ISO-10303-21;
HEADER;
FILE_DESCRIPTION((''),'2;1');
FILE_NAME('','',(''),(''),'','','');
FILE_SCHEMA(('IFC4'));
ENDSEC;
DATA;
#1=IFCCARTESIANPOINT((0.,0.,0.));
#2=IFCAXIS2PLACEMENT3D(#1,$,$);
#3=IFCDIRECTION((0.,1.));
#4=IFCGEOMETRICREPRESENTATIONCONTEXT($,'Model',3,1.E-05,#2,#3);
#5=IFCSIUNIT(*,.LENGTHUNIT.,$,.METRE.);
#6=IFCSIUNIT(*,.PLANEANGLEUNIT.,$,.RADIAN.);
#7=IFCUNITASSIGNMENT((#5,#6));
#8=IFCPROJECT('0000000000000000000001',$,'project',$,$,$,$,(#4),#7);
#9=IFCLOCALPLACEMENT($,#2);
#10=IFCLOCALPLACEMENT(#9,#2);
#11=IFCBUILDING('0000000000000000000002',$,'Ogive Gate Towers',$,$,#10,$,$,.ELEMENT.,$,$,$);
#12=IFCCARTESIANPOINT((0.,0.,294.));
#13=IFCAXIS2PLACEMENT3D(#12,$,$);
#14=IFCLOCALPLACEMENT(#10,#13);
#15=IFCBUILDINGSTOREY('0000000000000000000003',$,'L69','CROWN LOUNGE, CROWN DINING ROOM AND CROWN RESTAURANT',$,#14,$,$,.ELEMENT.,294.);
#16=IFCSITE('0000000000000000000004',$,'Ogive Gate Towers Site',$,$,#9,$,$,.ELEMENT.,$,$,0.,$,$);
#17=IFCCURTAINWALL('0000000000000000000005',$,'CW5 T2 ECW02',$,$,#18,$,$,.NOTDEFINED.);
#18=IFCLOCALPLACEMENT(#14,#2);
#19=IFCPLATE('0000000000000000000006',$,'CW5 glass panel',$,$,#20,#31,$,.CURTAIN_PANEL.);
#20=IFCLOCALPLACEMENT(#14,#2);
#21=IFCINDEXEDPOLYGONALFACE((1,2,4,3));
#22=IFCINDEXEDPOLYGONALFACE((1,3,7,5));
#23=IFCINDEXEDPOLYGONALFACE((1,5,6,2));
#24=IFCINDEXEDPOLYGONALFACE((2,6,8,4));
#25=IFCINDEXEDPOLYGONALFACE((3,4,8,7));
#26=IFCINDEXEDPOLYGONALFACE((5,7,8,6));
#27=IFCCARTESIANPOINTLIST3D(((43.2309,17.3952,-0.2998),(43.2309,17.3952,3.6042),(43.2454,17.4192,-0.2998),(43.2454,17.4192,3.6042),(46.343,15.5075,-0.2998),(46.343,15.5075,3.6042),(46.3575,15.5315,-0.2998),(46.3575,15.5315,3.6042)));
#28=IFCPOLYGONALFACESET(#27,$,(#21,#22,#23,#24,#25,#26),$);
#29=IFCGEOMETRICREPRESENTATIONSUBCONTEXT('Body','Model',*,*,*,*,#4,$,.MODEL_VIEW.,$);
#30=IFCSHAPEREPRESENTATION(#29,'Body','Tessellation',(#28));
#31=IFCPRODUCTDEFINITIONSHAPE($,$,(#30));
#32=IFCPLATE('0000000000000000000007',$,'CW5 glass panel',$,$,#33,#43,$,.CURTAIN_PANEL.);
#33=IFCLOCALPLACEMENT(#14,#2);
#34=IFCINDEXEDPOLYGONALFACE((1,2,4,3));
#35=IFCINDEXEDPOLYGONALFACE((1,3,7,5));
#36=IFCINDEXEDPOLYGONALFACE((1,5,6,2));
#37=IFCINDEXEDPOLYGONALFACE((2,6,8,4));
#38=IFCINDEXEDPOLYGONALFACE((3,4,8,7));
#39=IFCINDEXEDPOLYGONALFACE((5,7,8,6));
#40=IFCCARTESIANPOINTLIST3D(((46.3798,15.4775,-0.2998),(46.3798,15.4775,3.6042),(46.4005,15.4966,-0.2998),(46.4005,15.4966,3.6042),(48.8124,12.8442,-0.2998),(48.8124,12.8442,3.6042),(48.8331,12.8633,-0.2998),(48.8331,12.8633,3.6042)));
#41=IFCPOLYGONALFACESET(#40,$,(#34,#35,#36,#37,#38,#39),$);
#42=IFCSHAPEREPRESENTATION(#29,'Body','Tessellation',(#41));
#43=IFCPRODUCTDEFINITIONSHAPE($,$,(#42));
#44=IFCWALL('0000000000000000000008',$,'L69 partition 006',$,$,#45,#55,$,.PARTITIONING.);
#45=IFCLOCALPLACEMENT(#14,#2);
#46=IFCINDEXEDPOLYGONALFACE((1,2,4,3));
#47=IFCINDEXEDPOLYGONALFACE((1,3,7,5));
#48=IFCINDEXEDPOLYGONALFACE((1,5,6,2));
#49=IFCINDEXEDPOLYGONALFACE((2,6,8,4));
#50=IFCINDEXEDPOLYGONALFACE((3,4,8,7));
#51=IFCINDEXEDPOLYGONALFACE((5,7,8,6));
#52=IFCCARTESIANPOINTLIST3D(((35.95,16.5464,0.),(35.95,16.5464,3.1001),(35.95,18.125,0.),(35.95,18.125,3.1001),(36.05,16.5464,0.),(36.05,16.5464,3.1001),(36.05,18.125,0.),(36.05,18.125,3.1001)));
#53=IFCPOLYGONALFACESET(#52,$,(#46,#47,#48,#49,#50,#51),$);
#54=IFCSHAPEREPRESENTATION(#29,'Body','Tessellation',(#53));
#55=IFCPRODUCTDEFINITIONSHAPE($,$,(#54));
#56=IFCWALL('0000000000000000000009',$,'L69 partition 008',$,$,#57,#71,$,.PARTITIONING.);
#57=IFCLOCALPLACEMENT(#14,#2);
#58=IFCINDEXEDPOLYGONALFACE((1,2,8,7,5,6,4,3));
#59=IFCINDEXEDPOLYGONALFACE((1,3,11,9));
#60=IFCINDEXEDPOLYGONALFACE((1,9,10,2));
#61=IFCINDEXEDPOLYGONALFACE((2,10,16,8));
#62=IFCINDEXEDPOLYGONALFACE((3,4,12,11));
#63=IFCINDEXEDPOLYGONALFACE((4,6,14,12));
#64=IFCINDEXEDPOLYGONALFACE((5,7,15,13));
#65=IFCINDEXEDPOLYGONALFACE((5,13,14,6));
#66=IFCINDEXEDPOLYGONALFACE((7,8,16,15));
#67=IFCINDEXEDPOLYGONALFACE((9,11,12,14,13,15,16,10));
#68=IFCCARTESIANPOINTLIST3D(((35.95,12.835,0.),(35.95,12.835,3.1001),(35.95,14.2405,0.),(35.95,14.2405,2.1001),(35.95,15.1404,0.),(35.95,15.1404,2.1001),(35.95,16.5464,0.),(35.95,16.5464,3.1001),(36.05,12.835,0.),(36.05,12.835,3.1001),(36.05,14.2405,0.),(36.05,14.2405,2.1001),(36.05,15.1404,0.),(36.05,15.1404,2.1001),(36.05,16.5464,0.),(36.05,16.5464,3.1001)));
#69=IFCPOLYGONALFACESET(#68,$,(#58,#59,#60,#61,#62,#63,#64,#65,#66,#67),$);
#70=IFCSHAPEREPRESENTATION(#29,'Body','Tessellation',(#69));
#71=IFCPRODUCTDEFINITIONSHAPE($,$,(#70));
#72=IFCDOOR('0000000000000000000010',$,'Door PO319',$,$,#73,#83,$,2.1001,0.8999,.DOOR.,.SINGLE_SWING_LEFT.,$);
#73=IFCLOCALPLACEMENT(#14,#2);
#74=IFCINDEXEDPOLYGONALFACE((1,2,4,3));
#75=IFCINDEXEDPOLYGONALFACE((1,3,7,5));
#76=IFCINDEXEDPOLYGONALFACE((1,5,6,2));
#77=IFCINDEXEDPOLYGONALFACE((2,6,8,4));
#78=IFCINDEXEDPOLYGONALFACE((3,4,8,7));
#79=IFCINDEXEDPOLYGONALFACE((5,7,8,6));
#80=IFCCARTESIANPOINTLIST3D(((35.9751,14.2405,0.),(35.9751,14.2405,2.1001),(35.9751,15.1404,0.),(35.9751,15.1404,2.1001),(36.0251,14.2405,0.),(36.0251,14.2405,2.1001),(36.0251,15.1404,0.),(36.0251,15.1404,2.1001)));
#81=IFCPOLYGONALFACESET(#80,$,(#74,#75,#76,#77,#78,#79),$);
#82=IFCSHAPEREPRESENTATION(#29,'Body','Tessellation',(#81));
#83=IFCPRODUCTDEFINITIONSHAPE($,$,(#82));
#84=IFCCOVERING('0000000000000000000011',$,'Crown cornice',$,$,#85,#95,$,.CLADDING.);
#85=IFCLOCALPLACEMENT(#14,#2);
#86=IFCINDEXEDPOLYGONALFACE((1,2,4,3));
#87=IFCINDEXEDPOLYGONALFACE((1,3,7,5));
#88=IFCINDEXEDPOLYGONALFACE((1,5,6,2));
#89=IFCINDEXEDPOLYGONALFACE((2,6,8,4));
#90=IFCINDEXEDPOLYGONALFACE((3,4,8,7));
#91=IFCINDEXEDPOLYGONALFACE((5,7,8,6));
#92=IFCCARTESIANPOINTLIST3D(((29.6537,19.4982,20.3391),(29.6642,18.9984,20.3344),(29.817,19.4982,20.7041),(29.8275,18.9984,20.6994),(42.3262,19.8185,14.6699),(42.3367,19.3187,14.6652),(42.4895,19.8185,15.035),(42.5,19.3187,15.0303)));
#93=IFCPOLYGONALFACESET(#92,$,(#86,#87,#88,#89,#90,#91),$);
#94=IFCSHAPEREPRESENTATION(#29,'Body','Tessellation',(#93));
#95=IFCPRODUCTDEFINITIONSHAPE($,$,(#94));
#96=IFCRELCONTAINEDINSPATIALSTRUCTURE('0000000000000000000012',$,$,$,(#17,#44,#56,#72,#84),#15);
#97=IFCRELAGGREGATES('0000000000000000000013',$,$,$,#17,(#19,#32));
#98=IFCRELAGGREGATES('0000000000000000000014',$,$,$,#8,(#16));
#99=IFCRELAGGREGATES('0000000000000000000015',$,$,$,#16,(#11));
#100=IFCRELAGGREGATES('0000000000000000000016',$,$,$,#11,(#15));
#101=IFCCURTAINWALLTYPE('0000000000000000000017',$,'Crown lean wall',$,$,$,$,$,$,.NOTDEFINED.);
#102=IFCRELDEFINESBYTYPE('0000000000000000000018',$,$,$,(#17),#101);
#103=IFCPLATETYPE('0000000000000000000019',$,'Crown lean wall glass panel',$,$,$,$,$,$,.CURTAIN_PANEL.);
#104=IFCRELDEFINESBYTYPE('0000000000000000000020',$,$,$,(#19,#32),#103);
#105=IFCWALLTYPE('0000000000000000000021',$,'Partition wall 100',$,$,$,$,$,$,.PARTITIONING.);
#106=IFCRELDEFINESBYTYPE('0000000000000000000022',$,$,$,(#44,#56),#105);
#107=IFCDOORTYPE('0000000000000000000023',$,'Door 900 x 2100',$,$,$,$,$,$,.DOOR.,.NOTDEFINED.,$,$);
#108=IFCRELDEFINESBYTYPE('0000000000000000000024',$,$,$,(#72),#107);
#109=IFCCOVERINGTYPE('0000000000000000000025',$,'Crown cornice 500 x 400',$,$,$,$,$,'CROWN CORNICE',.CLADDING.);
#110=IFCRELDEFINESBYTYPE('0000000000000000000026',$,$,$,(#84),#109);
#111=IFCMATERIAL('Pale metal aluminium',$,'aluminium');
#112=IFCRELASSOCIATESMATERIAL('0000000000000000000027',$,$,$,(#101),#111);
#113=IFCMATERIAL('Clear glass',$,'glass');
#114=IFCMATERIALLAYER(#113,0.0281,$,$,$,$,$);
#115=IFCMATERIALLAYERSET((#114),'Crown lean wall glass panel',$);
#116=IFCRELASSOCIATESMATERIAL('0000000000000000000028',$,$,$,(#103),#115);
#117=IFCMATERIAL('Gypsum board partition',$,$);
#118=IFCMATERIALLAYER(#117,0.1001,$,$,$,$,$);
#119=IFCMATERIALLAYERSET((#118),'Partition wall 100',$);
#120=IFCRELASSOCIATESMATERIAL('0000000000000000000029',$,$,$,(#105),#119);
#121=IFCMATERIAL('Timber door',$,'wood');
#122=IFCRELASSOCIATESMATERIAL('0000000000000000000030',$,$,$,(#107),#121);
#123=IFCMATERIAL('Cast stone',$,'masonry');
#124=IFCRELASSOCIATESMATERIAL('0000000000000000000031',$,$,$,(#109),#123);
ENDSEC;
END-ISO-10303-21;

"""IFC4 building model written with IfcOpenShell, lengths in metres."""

from ifc_helpers import new_model, si_unit, direction, frame, frame_2d, origin, origin_2d, place, context, subcontext, project, spatial, rectangle, extrude, material, layer, layer_set, material_profile, profile_set, type_object, element, fill, aggregate, save


model = new_model("IFC4")

# Units and contexts
model_context = context("Model", 3, precision=1e-05, world=origin(), true_north=direction((0.0, 1.0)))
body_context = subcontext(model_context, "Body", "Model", "MODEL_VIEW")
ifc_project = project(units=[si_unit("LENGTHUNIT", "METRE"), si_unit("PLANEANGLEUNIT", "RADIAN")], contexts=[model_context])

# Site, building, storey
site_placement = place(None, origin())
site = spatial("IfcSite", under=ifc_project, at=site_placement, Name="Ogive Gate Towers Site", CompositionType="ELEMENT", RefElevation=0.0)
building_placement = place(site_placement, origin())
building = spatial("IfcBuilding", under=site, at=building_placement, Name="Ogive Gate Towers", CompositionType="ELEMENT")
storey_placement = place(building_placement, frame((0.0, 0.0, 294.0)))
storey = spatial("IfcBuildingStorey", under=building, at=storey_placement, Name="L69", Description="CROWN LOUNGE, CROWN DINING ROOM AND CROWN RESTAURANT", CompositionType="ELEMENT", Elevation=294.0)

# Curtain wall
ifc_material_1 = material(Name="Pale metal aluminium", Category="aluminium")
curtain_wall_type = type_object("IfcCurtainWallType", Name="Crown lean wall", PredefinedType="NOTDEFINED", material=ifc_material_1)
curtain_wall_1_placement = place(storey_placement, origin())
curtain_wall_1 = element("IfcCurtainWall", 1, at=curtain_wall_1_placement, inside=storey, type_object=curtain_wall_type, Name="CW5 T2 ECW02", PredefinedType="NOTDEFINED")

# Plates
ifc_material_2 = material(Name="Clear glass", Category="glass")
ifc_layer_1 = layer(ifc_material_2, 0.0281)
ifc_layer_set_1 = layer_set([ifc_layer_1], Name="Crown lean wall glass panel")
plate_type = type_object("IfcPlateType", Name="Crown lean wall glass panel", PredefinedType="CURTAIN_PANEL", material=ifc_layer_set_1)
plate_1_placement = place(storey_placement, frame((44.7942, 16.4634, -0.2998), z_axis=(0.0, 0.0, 1.0), x_axis=(0.855002, -0.518624, 0.0)))
plate_1 = element("IfcPlate", 2, at=plate_1_placement, type_object=plate_type, Name="CW5 glass panel", PredefinedType="CURTAIN_PANEL", context=body_context, shape_type="SweptSolid", body=[
    extrude(rectangle(XDim=3.6399, YDim=0.0281, at=origin_2d()), origin(), (0.0, 0.0, 1.0), 3.9041),
])
plate_2_placement = place(storey_placement, frame((47.6064, 14.1704, -0.2998), z_axis=(0.0, 0.0, 1.0), x_axis=(0.678557, -0.734548, 0.0)))
plate_2 = element("IfcPlate", 3, at=plate_2_placement, type_object=plate_type, Name="CW5 glass panel", PredefinedType="CURTAIN_PANEL", context=body_context, shape_type="SweptSolid", body=[
    extrude(rectangle(XDim=3.585, YDim=0.0281, at=origin_2d()), origin(), (0.0, 0.0, 1.0), 3.9041),
])
aggregate(curtain_wall_1, [plate_1, plate_2])

# Wall
ifc_material_3 = material(Name="Gypsum board partition")
ifc_layer_2 = layer(ifc_material_3, 0.1001)
ifc_layer_set_2 = layer_set([ifc_layer_2], Name="Partition wall 100")
wall_type = type_object("IfcWallType", Name="Partition wall 100", PredefinedType="PARTITIONING", material=ifc_layer_set_2)
wall_1_placement = place(storey_placement, frame((36.0, 16.5464, 0.0), z_axis=(0.0, 0.0, 1.0), x_axis=(0.0, 1.0, 0.0)))
element("IfcWall", 4, at=wall_1_placement, inside=storey, type_object=wall_type, Name="L69 partition 006", PredefinedType="PARTITIONING", context=body_context, shape_type="SweptSolid", body=[
    extrude(rectangle(XDim=1.5786, YDim=0.1001, at=frame_2d((0.7893, 0.0))), origin(), (0.0, 0.0, 1.0), 3.1001),
])

# Wall, opening, door
wall_2_placement = place(storey_placement, frame((36.0, 12.835, 0.0), z_axis=(0.0, 0.0, 1.0), x_axis=(0.0, 1.0, 0.0)))
wall_2 = element("IfcWall", 5, at=wall_2_placement, inside=storey, type_object=wall_type, Name="L69 partition 008", PredefinedType="PARTITIONING", context=body_context, shape_type="SweptSolid", body=[
    extrude(rectangle(XDim=3.7114, YDim=0.1001, at=frame_2d((1.8557, 0.0))), origin(), (0.0, 0.0, 1.0), 3.1001),
])
opening_placement = place(wall_2_placement, frame((1.4055, 0.0, 0.0)))
opening = element("IfcOpeningElement", 6, at=opening_placement, cuts=wall_2, PredefinedType="OPENING", context=body_context, shape_type="SweptSolid", body=[
    extrude(rectangle(XDim=0.8999, YDim=2.1001, at=frame_2d((0.45, 1.05))), frame((0.0, 0.0601, 0.0), z_axis=(0.0, -1.0, 0.0), x_axis=(1.0, 0.0, 0.0)), (0.0, 0.0, 1.0), 0.1201),
])
ifc_material_4 = material(Name="Timber door", Category="wood")
door_type = type_object("IfcDoorType", Name="Door 900 x 2100", OperationType="NOTDEFINED", PredefinedType="DOOR", material=ifc_material_4)
door_placement = place(opening_placement, origin())
door = element("IfcDoor", 7, at=door_placement, inside=storey, type_object=door_type, Name="Door PO319", OperationType="SINGLE_SWING_LEFT", OverallHeight=2.1001, OverallWidth=0.8999, PredefinedType="DOOR", context=body_context, shape_type="SweptSolid", body=[
    extrude(rectangle(XDim=0.8999, YDim=2.1001, at=frame_2d((0.45, 1.05))), frame((0.0, 0.0249, 0.0), z_axis=(0.0, -1.0, 0.0), x_axis=(1.0, 0.0, 0.0)), (0.0, 0.0, 1.0), 0.05),
])
fill(opening, door)

# Covering
ifc_material_5 = material(Name="Cast stone", Category="masonry")
ifc_material_profile_1 = material_profile(ifc_material_5, rectangle(XDim=0.5, YDim=0.3999, at=origin_2d()), Name="500 x 400 cast stone")
ifc_profile_set_1 = profile_set([ifc_material_profile_1], Name="Cast stone")
covering_type = type_object("IfcCoveringType", Name="Crown cornice 500 x 400", ElementType="CROWN CORNICE", PredefinedType="CLADDING", material=ifc_profile_set_1)
covering_placement = place(storey_placement, frame((42.4131, 19.5686, 14.8501), z_axis=(-0.912579, -0.023066, 0.408249), x_axis=(-0.021057, 0.999734, 0.009416)))
element("IfcCovering", 8, at=covering_placement, inside=storey, type_object=covering_type, Name="Crown cornice", PredefinedType="CLADDING", context=body_context, shape_type="SweptSolid", body=[
    extrude(rectangle(XDim=0.5, YDim=0.3999, at=origin_2d()), origin(), (0.0, 0.0, 1.0), 13.8865),
])

save(model, "model.ifc")
